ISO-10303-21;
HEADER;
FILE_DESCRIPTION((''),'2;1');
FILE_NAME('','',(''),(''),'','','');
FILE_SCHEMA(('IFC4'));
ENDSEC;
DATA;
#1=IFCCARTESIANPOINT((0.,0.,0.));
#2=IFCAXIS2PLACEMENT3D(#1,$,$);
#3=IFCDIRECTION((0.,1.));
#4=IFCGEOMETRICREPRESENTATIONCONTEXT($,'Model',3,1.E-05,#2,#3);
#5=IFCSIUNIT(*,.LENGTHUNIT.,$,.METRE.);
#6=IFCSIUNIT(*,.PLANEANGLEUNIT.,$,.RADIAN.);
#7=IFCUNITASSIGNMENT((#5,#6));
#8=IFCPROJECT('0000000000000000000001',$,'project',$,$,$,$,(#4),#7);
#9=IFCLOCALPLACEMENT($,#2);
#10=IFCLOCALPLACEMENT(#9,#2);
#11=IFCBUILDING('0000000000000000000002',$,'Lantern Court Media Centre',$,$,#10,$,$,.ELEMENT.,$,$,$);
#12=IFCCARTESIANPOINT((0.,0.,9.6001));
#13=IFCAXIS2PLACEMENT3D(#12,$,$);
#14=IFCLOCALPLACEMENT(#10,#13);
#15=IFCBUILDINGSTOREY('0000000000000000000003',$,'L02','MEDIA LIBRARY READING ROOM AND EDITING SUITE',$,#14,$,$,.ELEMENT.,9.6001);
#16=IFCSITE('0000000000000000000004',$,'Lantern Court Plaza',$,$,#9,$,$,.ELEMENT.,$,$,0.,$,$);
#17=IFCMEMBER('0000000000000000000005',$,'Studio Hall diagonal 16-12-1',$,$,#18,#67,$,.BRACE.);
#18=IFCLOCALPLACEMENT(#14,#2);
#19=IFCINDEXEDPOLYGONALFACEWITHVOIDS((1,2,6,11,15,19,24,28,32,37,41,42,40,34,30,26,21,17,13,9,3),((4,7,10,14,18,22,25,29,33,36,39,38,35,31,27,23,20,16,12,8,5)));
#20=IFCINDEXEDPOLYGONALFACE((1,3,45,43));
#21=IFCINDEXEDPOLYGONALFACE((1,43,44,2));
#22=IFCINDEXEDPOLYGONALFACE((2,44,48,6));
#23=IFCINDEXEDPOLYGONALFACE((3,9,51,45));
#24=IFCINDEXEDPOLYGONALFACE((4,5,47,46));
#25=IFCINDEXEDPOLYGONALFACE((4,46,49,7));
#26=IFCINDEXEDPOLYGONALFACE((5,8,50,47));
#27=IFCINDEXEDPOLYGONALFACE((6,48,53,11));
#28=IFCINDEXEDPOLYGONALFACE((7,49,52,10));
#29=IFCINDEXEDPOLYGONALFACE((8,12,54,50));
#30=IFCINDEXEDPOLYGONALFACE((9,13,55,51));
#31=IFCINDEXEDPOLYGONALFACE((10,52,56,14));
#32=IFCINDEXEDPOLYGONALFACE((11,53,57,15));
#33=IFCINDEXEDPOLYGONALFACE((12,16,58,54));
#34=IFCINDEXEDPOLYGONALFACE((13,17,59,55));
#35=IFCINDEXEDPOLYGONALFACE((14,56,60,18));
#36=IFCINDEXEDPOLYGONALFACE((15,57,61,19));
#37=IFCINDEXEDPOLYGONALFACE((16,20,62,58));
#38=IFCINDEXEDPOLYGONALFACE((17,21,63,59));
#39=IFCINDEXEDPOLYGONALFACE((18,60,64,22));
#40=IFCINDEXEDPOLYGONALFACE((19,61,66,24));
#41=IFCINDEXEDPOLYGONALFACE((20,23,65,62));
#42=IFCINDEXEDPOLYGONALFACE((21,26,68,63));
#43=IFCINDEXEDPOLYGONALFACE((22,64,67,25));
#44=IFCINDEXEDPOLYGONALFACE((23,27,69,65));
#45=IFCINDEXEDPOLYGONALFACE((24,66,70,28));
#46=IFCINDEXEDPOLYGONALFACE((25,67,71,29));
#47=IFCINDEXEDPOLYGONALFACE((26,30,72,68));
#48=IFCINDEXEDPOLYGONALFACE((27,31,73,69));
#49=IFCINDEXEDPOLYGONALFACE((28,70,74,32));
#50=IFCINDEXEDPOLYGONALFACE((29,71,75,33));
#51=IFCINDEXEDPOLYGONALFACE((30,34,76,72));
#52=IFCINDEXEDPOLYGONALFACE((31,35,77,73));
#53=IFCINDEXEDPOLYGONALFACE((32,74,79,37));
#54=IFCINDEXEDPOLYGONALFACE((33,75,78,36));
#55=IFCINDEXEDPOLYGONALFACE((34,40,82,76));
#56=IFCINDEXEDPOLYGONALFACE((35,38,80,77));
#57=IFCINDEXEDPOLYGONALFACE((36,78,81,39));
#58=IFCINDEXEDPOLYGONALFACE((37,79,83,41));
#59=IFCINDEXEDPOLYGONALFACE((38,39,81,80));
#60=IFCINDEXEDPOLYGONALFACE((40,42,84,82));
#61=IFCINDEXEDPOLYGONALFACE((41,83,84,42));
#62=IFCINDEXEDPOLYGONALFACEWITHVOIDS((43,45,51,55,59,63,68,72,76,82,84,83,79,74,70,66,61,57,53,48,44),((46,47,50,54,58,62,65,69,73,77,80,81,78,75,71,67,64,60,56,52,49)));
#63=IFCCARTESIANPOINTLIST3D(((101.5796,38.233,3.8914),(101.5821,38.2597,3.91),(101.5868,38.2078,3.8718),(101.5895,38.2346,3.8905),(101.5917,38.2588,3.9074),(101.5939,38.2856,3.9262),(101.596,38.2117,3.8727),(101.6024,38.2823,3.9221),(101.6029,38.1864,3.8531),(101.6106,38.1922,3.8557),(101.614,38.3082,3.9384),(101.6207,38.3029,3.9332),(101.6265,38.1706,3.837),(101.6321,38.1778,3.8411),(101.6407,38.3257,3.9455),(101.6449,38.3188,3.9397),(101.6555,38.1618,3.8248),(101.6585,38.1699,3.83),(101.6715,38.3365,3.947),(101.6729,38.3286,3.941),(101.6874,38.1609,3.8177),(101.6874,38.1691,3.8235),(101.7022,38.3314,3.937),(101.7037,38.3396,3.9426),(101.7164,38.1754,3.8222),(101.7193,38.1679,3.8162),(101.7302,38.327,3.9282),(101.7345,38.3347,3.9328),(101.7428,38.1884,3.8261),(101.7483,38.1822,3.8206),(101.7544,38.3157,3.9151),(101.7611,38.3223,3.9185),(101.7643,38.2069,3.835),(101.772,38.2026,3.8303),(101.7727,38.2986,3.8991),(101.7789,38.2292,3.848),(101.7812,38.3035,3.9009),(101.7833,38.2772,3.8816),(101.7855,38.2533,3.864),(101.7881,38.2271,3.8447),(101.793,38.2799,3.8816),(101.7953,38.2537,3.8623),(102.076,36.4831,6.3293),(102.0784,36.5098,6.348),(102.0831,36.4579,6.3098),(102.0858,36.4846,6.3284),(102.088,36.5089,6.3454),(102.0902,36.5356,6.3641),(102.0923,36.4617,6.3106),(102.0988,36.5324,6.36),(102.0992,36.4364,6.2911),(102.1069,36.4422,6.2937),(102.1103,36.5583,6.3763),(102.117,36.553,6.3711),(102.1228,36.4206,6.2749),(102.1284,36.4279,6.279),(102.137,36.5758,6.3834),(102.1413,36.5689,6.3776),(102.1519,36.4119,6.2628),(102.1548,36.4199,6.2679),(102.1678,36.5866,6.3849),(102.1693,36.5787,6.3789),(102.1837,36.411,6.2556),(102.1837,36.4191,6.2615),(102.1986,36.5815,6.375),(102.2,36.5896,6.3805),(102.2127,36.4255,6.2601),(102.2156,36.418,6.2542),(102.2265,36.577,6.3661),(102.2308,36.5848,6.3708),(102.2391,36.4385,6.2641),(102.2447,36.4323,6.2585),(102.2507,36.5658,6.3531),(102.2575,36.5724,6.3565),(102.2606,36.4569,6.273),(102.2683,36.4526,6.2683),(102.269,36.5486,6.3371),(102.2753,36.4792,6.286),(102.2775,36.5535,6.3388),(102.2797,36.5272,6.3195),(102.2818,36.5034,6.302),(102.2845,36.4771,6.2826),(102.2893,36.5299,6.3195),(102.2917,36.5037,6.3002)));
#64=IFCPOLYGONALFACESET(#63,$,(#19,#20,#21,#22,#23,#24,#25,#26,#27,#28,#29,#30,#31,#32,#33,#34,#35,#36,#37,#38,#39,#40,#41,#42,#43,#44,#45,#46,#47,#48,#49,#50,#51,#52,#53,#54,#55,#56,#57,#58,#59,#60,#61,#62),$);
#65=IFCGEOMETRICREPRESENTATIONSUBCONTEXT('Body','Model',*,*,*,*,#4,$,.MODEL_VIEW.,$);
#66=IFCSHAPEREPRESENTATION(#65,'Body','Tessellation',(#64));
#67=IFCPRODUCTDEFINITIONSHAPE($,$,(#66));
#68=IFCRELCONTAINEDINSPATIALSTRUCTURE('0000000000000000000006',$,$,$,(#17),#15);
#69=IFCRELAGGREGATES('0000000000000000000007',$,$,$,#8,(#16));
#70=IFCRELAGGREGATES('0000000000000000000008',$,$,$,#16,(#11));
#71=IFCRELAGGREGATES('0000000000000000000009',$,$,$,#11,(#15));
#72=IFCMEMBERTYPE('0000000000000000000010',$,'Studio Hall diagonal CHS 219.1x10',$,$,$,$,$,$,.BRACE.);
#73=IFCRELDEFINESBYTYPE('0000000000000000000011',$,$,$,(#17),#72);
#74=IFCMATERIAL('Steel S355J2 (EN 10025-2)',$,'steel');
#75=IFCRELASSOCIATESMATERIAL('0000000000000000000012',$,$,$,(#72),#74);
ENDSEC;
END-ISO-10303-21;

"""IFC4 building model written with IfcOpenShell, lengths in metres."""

from ifc_helpers import new_model, si_unit, direction, frame, origin, origin_2d, place, context, subcontext, project, spatial, hollow_circle, extrude, material, material_profile, profile_set, type_object, element, save


model = new_model("IFC4")

# Units and contexts
model_context = context("Model", 3, precision=1e-05, world=origin(), true_north=direction((0.0, 1.0)))
body_context = subcontext(model_context, "Body", "Model", "MODEL_VIEW")
ifc_project = project(units=[si_unit("LENGTHUNIT", "METRE"), si_unit("PLANEANGLEUNIT", "RADIAN")], contexts=[model_context])

# Site, building, storey
site_placement = place(None, origin())
site = spatial("IfcSite", under=ifc_project, at=site_placement, Name="Lantern Court Plaza", CompositionType="ELEMENT", RefElevation=0.0)
building_placement = place(site_placement, origin())
building = spatial("IfcBuilding", under=site, at=building_placement, Name="Lantern Court Media Centre", CompositionType="ELEMENT")
storey_placement = place(building_placement, frame((0.0, 0.0, 9.6001)))
storey = spatial("IfcBuildingStorey", under=building, at=storey_placement, Name="L02", Description="MEDIA LIBRARY READING ROOM AND EDITING SUITE", CompositionType="ELEMENT", Elevation=9.6001)

# Member
ifc_material = material(Name="Steel S355J2 (EN 10025-2)", Category="steel")
ifc_material_profile_1 = material_profile(ifc_material, hollow_circle(Radius=0.1096, WallThickness=0.01, at=origin_2d()), Name="Studio Hall diagonal CHS 219.1x10")
ifc_profile_set_1 = profile_set([ifc_material_profile_1], Name="Steel S355J2 (EN 10025-2)")
member_type_1 = type_object("IfcMemberType", Name="Studio Hall diagonal CHS 219.1x10", PredefinedType="BRACE", material=ifc_profile_set_1)
member_1_placement = place(storey_placement, frame((101.6875, 38.25, 3.8816), z_axis=(0.163172, -0.575314, 0.801491), x_axis=(0.962054, 0.272859, 0.0)))
element("IfcMember", 1, at=member_1_placement, inside=storey, type_object=member_type_1, Name="Studio Hall diagonal 16-12-1", PredefinedType="BRACE", context=body_context, shape_type="SweptSolid", body=[
    extrude(hollow_circle(Radius=0.1096, WallThickness=0.01, at=origin_2d()), origin(), (0.0, 0.0, 1.0), 3.0417),
])

save(model, "model.ifc")
